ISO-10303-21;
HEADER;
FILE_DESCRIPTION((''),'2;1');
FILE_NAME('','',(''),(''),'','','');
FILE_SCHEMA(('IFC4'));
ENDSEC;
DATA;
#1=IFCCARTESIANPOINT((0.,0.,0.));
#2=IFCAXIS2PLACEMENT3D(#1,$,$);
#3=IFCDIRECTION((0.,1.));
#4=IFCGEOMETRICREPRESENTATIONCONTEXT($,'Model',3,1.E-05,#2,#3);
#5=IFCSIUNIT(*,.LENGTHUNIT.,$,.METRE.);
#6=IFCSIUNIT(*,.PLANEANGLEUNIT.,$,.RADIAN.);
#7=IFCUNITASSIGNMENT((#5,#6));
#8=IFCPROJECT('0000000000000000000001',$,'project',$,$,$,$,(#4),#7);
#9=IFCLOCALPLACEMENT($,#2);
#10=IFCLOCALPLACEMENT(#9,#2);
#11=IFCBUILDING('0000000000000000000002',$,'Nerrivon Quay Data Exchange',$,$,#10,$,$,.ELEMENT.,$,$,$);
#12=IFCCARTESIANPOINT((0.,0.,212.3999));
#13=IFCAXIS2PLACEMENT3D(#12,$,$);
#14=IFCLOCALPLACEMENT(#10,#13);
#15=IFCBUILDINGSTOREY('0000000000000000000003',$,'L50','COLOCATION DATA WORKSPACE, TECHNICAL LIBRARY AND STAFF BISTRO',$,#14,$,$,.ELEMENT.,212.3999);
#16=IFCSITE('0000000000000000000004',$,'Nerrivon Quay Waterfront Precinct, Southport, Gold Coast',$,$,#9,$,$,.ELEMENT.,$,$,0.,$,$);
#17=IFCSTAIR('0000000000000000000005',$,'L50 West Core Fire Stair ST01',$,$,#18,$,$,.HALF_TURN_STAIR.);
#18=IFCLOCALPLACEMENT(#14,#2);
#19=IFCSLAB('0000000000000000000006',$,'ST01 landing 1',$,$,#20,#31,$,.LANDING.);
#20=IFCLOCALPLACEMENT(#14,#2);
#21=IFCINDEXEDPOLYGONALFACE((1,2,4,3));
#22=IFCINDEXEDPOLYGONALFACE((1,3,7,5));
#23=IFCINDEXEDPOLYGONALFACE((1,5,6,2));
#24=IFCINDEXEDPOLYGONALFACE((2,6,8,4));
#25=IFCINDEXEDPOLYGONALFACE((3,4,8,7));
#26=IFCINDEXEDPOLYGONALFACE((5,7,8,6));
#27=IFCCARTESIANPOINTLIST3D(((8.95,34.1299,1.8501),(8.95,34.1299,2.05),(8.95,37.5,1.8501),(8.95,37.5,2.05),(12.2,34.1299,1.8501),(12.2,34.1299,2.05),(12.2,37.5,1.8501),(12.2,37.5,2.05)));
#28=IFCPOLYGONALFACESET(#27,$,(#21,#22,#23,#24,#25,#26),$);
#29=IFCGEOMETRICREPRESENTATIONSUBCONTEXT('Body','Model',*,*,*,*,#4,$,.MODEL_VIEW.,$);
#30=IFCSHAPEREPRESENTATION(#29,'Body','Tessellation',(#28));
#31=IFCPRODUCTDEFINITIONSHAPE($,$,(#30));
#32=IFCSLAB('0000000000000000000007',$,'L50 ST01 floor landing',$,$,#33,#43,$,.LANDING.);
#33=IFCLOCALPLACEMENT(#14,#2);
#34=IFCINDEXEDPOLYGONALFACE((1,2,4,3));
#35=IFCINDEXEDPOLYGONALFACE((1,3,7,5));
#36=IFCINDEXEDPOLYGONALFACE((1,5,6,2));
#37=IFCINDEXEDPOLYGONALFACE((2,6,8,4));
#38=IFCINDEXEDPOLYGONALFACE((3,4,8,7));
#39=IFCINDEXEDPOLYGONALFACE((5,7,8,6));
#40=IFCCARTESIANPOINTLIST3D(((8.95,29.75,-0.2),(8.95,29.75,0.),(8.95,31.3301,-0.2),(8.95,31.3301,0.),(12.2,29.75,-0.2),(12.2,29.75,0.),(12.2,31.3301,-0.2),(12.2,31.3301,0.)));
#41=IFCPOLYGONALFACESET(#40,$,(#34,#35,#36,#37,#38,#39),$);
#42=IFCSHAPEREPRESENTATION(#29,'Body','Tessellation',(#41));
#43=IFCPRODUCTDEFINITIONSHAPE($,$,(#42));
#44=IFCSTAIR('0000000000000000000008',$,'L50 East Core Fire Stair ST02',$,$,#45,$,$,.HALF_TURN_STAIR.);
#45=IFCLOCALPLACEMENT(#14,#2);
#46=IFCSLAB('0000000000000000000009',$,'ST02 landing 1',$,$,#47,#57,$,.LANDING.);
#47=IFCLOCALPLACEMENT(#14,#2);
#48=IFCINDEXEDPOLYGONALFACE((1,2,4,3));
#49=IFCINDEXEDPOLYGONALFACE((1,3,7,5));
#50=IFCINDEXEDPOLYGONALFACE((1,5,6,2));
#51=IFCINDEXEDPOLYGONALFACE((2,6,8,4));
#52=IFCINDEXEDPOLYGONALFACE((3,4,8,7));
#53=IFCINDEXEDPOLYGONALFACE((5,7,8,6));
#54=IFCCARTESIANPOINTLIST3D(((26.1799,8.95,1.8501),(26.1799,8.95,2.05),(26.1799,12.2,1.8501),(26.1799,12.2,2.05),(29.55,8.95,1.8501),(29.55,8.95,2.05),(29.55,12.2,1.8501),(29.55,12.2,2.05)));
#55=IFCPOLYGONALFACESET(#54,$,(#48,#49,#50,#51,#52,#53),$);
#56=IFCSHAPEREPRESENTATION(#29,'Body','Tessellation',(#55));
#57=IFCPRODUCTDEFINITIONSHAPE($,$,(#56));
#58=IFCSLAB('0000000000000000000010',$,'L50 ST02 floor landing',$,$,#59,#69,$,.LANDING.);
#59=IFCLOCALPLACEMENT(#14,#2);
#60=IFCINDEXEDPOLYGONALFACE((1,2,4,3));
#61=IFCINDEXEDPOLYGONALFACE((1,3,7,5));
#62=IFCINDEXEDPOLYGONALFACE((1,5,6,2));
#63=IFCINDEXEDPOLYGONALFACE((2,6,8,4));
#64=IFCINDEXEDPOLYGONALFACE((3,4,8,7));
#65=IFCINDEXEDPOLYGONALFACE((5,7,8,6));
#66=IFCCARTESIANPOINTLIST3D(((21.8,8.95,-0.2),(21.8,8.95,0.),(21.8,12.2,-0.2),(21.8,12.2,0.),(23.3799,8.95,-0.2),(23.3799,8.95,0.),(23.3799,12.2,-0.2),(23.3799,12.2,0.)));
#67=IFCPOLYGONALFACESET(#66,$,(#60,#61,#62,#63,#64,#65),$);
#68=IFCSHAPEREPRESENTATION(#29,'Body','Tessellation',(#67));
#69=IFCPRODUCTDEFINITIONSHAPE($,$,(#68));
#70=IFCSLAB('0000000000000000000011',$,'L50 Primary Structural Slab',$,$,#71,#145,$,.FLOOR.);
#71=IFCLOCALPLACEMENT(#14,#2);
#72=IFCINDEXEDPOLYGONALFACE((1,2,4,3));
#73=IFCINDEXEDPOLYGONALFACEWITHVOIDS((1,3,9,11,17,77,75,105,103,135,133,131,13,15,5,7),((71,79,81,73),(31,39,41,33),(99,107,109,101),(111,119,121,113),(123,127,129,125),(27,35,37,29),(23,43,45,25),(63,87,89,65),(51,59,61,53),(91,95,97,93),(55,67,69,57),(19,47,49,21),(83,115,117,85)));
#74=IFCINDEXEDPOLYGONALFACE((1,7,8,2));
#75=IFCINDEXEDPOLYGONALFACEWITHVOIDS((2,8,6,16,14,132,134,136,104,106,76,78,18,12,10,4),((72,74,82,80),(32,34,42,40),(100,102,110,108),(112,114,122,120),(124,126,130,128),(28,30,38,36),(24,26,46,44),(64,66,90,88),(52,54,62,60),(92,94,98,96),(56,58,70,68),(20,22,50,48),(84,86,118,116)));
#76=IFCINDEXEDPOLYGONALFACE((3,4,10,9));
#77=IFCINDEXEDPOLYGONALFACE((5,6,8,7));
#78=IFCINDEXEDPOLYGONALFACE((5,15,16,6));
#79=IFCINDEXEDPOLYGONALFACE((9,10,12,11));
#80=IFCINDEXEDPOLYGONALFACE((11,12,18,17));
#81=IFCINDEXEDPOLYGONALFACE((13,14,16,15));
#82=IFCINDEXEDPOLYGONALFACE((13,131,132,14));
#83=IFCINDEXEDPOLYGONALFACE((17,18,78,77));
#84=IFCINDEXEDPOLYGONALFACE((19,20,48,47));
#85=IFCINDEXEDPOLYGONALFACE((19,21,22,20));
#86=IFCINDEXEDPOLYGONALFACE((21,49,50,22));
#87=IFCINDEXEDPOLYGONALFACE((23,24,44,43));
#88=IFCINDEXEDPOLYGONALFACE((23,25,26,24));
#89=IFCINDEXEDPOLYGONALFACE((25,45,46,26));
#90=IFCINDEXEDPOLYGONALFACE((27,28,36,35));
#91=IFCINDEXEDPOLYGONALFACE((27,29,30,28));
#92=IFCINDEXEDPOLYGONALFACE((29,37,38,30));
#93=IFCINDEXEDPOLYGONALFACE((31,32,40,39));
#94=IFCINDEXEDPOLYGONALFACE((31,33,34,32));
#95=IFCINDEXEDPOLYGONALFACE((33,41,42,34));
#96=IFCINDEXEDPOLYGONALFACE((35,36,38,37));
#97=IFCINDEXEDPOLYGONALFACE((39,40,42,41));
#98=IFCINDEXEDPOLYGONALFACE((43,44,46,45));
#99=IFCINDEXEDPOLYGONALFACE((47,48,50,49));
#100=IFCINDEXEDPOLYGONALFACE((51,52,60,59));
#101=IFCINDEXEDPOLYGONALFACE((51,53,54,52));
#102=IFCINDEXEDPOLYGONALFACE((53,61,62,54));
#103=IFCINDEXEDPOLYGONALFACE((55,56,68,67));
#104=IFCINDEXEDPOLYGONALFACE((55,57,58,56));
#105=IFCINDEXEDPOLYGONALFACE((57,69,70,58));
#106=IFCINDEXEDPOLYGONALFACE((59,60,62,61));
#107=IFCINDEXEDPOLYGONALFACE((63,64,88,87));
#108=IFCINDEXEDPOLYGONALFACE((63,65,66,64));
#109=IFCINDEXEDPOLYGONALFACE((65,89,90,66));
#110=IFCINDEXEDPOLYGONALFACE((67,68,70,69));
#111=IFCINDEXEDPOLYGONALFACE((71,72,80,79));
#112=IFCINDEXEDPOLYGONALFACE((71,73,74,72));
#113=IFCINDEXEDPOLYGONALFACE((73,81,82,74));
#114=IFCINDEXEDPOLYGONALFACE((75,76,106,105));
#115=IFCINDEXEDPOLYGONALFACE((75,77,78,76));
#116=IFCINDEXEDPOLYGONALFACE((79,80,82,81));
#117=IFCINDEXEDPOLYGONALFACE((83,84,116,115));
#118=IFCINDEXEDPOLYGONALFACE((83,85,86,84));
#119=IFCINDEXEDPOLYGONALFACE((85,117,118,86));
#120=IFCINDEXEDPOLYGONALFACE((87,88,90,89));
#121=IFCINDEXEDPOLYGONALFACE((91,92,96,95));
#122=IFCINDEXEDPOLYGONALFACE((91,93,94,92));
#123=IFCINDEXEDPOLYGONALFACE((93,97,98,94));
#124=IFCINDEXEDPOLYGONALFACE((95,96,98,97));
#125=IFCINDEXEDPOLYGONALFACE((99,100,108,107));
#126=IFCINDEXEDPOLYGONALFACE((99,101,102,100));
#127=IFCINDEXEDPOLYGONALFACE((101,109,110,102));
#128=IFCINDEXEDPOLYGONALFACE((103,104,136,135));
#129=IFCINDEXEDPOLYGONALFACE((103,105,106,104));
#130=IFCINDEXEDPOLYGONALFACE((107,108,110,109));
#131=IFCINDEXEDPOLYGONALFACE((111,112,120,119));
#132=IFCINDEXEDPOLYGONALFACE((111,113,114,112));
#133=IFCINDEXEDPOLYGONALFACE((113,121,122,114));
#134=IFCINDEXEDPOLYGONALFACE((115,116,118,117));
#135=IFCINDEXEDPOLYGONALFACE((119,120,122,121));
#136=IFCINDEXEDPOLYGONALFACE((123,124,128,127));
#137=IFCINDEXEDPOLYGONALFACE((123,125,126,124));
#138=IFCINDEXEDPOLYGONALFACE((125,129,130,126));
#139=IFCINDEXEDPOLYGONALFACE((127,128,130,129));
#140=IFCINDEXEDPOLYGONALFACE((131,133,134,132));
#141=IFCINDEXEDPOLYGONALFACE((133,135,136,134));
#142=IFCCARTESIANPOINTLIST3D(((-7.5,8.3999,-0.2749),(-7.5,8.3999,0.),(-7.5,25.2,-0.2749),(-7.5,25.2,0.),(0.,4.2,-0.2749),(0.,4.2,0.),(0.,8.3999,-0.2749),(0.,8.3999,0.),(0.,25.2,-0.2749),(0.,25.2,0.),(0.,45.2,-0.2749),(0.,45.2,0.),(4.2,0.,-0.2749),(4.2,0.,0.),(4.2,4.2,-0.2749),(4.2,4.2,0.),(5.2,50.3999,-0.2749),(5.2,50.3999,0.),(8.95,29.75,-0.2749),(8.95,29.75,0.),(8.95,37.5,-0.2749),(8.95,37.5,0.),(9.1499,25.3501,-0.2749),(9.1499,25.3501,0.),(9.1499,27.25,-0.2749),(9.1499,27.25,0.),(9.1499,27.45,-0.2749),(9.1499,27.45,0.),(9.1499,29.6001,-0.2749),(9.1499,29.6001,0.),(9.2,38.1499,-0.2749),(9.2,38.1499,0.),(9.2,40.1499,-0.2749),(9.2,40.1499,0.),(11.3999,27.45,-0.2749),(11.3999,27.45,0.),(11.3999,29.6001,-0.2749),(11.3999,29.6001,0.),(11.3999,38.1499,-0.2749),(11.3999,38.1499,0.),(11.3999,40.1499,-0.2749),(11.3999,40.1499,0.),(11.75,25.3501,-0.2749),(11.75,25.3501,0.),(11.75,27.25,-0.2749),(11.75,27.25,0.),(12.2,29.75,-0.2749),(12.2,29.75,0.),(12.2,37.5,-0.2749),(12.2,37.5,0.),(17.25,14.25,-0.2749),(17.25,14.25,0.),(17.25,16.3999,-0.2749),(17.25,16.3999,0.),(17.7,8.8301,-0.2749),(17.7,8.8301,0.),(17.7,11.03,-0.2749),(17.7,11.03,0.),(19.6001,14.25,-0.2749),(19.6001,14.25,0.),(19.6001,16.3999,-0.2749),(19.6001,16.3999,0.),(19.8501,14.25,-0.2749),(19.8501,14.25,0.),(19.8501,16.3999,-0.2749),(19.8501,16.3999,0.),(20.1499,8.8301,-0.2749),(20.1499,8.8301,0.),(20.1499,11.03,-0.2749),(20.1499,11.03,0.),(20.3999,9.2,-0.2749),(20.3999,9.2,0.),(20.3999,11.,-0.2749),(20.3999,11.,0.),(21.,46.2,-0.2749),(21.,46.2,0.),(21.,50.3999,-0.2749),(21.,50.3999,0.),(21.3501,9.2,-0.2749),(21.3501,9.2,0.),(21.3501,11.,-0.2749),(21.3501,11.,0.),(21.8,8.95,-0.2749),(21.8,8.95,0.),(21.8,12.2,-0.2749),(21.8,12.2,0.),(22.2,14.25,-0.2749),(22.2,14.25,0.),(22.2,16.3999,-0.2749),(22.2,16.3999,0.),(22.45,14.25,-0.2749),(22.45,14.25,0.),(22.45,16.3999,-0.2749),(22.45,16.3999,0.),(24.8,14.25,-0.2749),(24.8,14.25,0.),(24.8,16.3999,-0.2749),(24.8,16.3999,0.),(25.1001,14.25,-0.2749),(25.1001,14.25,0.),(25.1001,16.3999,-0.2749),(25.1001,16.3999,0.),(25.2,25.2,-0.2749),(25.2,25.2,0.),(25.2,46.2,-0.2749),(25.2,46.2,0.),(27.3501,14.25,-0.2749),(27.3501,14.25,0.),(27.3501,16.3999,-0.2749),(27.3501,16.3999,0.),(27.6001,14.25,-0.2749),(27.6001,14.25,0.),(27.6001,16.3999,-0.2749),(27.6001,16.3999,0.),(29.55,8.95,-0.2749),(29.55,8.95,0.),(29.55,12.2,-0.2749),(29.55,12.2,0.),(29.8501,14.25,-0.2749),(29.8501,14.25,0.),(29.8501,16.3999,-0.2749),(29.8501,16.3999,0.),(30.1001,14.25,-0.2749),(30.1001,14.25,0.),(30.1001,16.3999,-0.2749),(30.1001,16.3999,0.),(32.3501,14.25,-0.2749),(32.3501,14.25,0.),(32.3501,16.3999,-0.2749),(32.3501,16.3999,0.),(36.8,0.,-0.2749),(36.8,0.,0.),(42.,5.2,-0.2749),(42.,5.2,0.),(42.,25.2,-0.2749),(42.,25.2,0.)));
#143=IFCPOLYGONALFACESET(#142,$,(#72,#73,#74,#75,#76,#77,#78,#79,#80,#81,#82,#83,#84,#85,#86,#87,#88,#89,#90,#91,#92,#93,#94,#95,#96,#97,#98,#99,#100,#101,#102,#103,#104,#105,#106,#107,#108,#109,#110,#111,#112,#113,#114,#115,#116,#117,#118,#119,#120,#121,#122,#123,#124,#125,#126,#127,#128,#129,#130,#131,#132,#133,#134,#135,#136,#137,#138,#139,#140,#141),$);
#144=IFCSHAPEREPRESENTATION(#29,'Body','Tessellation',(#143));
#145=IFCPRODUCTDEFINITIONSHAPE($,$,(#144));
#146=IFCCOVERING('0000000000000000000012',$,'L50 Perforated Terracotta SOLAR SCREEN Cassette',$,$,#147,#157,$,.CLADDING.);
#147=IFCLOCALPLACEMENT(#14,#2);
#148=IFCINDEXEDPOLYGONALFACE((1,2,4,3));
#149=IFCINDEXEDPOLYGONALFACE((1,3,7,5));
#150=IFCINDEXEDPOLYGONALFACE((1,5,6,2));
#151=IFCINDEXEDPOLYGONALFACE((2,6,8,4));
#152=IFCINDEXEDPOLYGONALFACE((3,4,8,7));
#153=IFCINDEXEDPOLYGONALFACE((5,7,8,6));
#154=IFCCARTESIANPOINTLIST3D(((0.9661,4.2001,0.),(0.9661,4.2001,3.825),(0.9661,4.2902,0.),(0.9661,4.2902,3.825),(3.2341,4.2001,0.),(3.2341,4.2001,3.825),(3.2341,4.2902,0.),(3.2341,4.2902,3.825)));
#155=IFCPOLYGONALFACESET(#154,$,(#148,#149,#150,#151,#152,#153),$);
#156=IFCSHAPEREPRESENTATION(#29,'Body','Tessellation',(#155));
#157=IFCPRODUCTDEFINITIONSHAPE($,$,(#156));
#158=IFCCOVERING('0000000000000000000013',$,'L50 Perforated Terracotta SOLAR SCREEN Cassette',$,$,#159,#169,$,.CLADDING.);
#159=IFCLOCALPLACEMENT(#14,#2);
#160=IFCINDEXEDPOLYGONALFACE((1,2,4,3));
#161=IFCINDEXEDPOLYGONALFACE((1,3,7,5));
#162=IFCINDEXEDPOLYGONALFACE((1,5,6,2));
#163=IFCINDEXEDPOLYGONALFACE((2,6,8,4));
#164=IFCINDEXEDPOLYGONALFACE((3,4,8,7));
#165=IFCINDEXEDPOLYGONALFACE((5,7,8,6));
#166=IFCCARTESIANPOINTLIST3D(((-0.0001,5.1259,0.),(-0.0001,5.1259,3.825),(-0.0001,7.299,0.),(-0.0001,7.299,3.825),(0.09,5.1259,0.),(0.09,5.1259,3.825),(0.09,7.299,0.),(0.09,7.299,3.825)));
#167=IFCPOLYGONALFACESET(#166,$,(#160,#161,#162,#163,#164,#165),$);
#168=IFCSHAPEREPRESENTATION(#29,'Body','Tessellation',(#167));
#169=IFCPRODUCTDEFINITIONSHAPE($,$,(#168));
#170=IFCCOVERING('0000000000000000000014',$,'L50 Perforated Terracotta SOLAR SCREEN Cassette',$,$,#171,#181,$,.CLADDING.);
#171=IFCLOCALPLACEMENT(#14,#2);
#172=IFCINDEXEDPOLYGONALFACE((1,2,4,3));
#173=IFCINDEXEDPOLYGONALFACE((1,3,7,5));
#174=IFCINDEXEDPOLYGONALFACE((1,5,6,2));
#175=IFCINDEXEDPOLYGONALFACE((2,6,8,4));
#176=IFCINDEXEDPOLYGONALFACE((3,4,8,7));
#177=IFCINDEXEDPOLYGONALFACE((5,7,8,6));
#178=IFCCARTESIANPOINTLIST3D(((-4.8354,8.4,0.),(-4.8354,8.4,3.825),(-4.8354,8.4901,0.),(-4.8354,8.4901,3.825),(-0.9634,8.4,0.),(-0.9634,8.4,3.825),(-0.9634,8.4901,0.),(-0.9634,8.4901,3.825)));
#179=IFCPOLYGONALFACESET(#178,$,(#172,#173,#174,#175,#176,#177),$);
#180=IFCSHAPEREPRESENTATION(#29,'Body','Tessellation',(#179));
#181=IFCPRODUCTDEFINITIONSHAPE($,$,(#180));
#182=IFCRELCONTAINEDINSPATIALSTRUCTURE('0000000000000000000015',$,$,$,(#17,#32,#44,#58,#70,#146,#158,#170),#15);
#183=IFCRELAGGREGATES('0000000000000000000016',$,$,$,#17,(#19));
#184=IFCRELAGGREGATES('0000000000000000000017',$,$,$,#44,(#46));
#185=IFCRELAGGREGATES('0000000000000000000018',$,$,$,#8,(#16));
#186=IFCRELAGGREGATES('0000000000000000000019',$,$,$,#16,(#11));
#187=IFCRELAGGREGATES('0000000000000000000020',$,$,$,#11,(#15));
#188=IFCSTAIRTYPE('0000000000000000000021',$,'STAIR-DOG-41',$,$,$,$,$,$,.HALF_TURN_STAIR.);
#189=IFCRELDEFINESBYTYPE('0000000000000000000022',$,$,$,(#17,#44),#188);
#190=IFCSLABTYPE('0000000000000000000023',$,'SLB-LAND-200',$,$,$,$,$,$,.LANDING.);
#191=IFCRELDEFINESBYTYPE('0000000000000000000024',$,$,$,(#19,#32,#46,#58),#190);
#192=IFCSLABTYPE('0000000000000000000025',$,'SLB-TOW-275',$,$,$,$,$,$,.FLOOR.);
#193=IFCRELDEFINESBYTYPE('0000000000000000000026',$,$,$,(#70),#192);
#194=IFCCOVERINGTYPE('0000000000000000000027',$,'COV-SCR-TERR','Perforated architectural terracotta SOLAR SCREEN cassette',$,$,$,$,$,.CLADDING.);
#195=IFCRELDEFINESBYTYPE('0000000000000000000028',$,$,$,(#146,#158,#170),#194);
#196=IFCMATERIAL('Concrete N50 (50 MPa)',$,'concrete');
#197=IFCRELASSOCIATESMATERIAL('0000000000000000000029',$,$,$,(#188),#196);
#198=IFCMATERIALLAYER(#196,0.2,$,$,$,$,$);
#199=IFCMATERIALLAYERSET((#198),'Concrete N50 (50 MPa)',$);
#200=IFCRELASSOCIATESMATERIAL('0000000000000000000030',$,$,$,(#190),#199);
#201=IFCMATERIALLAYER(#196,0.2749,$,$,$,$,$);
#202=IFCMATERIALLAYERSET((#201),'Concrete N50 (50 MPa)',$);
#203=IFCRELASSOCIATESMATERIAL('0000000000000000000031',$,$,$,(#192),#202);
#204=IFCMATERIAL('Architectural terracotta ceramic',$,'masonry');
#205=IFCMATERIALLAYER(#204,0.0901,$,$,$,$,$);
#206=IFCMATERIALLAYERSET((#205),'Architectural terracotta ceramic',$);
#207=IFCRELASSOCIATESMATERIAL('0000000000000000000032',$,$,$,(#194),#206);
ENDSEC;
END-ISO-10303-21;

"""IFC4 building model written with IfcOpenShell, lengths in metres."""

from ifc_helpers import new_model, si_unit, direction, frame, origin, origin_2d, place, context, subcontext, project, spatial, polyline, rectangle, outline, extrude, material, layer, layer_set, type_object, element, aggregate, save


model = new_model("IFC4")

# Units and contexts
model_context = context("Model", 3, precision=1e-05, world=origin(), true_north=direction((0.0, 1.0)))
body_context = subcontext(model_context, "Body", "Model", "MODEL_VIEW")
ifc_project = project(units=[si_unit("LENGTHUNIT", "METRE"), si_unit("PLANEANGLEUNIT", "RADIAN")], contexts=[model_context])

# Site, building, storey
site_placement = place(None, origin())
site = spatial("IfcSite", under=ifc_project, at=site_placement, Name="Nerrivon Quay Waterfront Precinct, Southport, Gold Coast", CompositionType="ELEMENT", RefElevation=0.0)
building_placement = place(site_placement, origin())
building = spatial("IfcBuilding", under=site, at=building_placement, Name="Nerrivon Quay Data Exchange", CompositionType="ELEMENT")
storey_placement = place(building_placement, frame((0.0, 0.0, 212.3999)))
storey = spatial("IfcBuildingStorey", under=building, at=storey_placement, Name="L50", Description="COLOCATION DATA WORKSPACE, TECHNICAL LIBRARY AND STAFF BISTRO", CompositionType="ELEMENT", Elevation=212.3999)

# Stair, slab
ifc_material_1 = material(Name="Concrete N50 (50 MPa)", Category="concrete")
stair_type = type_object("IfcStairType", Name="STAIR-DOG-41", PredefinedType="HALF_TURN_STAIR", material=ifc_material_1)
stair_1_placement = place(storey_placement, origin())
stair_1 = element("IfcStair", 1, at=stair_1_placement, inside=storey, type_object=stair_type, Name="L50 West Core Fire Stair ST01", PredefinedType="HALF_TURN_STAIR")
ifc_layer_1 = layer(ifc_material_1, 0.2)
ifc_layer_set_1 = layer_set([ifc_layer_1], Name="Concrete N50 (50 MPa)")
slab_type_1 = type_object("IfcSlabType", Name="SLB-LAND-200", PredefinedType="LANDING", material=ifc_layer_set_1)
slab_1_placement = place(storey_placement, frame((0.0, 0.0, 1.8501)))
slab_1 = element("IfcSlab", 2, at=slab_1_placement, type_object=slab_type_1, Name="ST01 landing 1", PredefinedType="LANDING", context=body_context, shape_type="SweptSolid", body=[
    extrude(outline(polyline([(12.2, 34.1299), (12.2, 37.5), (8.95, 37.5), (8.95, 34.1299), (12.2, 34.1299)])), origin(), (0.0, 0.0, 1.0), 0.2),
])
aggregate(stair_1, [slab_1])

# Slab
slab_2_placement = place(storey_placement, frame((0.0, 0.0, -0.2)))
element("IfcSlab", 3, at=slab_2_placement, inside=storey, type_object=slab_type_1, Name="L50 ST01 floor landing", PredefinedType="LANDING", context=body_context, shape_type="SweptSolid", body=[
    extrude(outline(polyline([(12.2, 29.75), (12.2, 31.3301), (8.95, 31.3301), (8.95, 29.75), (12.2, 29.75)])), origin(), (0.0, 0.0, 1.0), 0.2),
])

# Stair, slab
stair_2_placement = place(storey_placement, origin())
stair_2 = element("IfcStair", 4, at=stair_2_placement, inside=storey, type_object=stair_type, Name="L50 East Core Fire Stair ST02", PredefinedType="HALF_TURN_STAIR")
slab_3_placement = place(storey_placement, frame((0.0, 0.0, 1.8501)))
slab_3 = element("IfcSlab", 5, at=slab_3_placement, type_object=slab_type_1, Name="ST02 landing 1", PredefinedType="LANDING", context=body_context, shape_type="SweptSolid", body=[
    extrude(outline(polyline([(26.1799, 8.95), (29.55, 8.95), (29.55, 12.2), (26.1799, 12.2), (26.1799, 8.95)])), origin(), (0.0, 0.0, 1.0), 0.2),
])
aggregate(stair_2, [slab_3])

# Slabs
slab_4_placement = place(storey_placement, frame((0.0, 0.0, -0.2)))
element("IfcSlab", 6, at=slab_4_placement, inside=storey, type_object=slab_type_1, Name="L50 ST02 floor landing", PredefinedType="LANDING", context=body_context, shape_type="SweptSolid", body=[
    extrude(outline(polyline([(21.8, 8.95), (23.3799, 8.95), (23.3799, 12.2), (21.8, 12.2), (21.8, 8.95)])), origin(), (0.0, 0.0, 1.0), 0.2),
])
ifc_layer_2 = layer(ifc_material_1, 0.2749)
ifc_layer_set_2 = layer_set([ifc_layer_2], Name="Concrete N50 (50 MPa)")
slab_type_2 = type_object("IfcSlabType", Name="SLB-TOW-275", PredefinedType="FLOOR", material=ifc_layer_set_2)
slab_5_placement = place(storey_placement, frame((0.0, 0.0, -0.2749)))
element("IfcSlab", 7, at=slab_5_placement, inside=storey, type_object=slab_type_2, Name="L50 Primary Structural Slab", PredefinedType="FLOOR", context=body_context, shape_type="SweptSolid", body=[
    extrude(outline(polyline([(0.0, 8.3999), (0.0, 4.2), (4.2, 4.2), (4.2, 0.0), (36.8, 0.0), (42.0, 5.2), (42.0, 25.2), (25.2, 25.2), (25.2, 46.2), (21.0, 46.2), (21.0, 50.3999), (5.2, 50.3999), (0.0, 45.2), (0.0, 25.2), (-7.5, 25.2), (-7.5, 8.3999), (0.0, 8.3999)]), holes=[polyline([(8.95, 29.75), (8.95, 37.5), (12.2, 37.5), (12.2, 29.75), (8.95, 29.75)]), polyline([(21.8, 12.2), (29.55, 12.2), (29.55, 8.95), (21.8, 8.95), (21.8, 12.2)]), polyline([(30.1001, 16.3999), (32.3501, 16.3999), (32.3501, 14.25), (30.1001, 14.25), (30.1001, 16.3999)]), polyline([(27.6001, 16.3999), (29.8501, 16.3999), (29.8501, 14.25), (27.6001, 14.25), (27.6001, 16.3999)]), polyline([(25.1001, 14.25), (25.1001, 16.3999), (27.3501, 16.3999), (27.3501, 14.25), (25.1001, 14.25)]), polyline([(22.45, 16.3999), (24.8, 16.3999), (24.8, 14.25), (22.45, 14.25), (22.45, 16.3999)]), polyline([(19.8501, 16.3999), (22.2, 16.3999), (22.2, 14.25), (19.8501, 14.25), (19.8501, 16.3999)]), polyline([(20.3999, 9.2), (20.3999, 11.0), (21.3501, 11.0), (21.3501, 9.2), (20.3999, 9.2)]), polyline([(17.7, 8.8301), (17.7, 11.03), (20.1499, 11.03), (20.1499, 8.8301), (17.7, 8.8301)]), polyline([(17.25, 14.25), (17.25, 16.3999), (19.6001, 16.3999), (19.6001, 14.25), (17.25, 14.25)]), polyline([(9.1499, 27.25), (11.75, 27.25), (11.75, 25.3501), (9.1499, 25.3501), (9.1499, 27.25)]), polyline([(9.1499, 29.6001), (11.3999, 29.6001), (11.3999, 27.45), (9.1499, 27.45), (9.1499, 29.6001)]), polyline([(9.2, 38.1499), (9.2, 40.1499), (11.3999, 40.1499), (11.3999, 38.1499), (9.2, 38.1499)])]), origin(), (0.0, 0.0, 1.0), 0.2749),
])

# Coverings
ifc_material_2 = material(Name="Architectural terracotta ceramic", Category="masonry")
ifc_layer_3 = layer(ifc_material_2, 0.0901)
ifc_layer_set_3 = layer_set([ifc_layer_3], Name="Architectural terracotta ceramic")
covering_type = type_object("IfcCoveringType", Name="COV-SCR-TERR", Description="Perforated architectural terracotta SOLAR SCREEN cassette", PredefinedType="CLADDING", material=ifc_layer_set_3)
covering_1_placement = place(storey_placement, frame((2.1001, 4.2451, 0.0), z_axis=(0.0, 0.0, 1.0), x_axis=(-1.0, 0.0, 0.0)))
element("IfcCovering", 8, at=covering_1_placement, inside=storey, type_object=covering_type, Name="L50 Perforated Terracotta SOLAR SCREEN Cassette", PredefinedType="CLADDING", context=body_context, shape_type="SweptSolid", body=[
    extrude(rectangle(XDim=2.2681, YDim=0.0901, at=origin_2d()), origin(), (0.0, 0.0, 1.0), 3.825),
])
covering_2_placement = place(storey_placement, frame((0.0449, 6.2124, 0.0), z_axis=(0.0, 0.0, 1.0), x_axis=(0.0, 1.0, 0.0)))
element("IfcCovering", 9, at=covering_2_placement, inside=storey, type_object=covering_type, Name="L50 Perforated Terracotta SOLAR SCREEN Cassette", PredefinedType="CLADDING", context=body_context, shape_type="SweptSolid", body=[
    extrude(rectangle(XDim=2.1731, YDim=0.0901, at=origin_2d()), origin(), (0.0, 0.0, 1.0), 3.825),
])
covering_3_placement = place(storey_placement, frame((-2.8994, 8.4451, 0.0), z_axis=(0.0, 0.0, 1.0), x_axis=(-1.0, 0.0, 0.0)))
element("IfcCovering", 10, at=covering_3_placement, inside=storey, type_object=covering_type, Name="L50 Perforated Terracotta SOLAR SCREEN Cassette", PredefinedType="CLADDING", context=body_context, shape_type="SweptSolid", body=[
    extrude(rectangle(XDim=3.8721, YDim=0.0901, at=origin_2d()), origin(), (0.0, 0.0, 1.0), 3.825),
])

save(model, "model.ifc")
